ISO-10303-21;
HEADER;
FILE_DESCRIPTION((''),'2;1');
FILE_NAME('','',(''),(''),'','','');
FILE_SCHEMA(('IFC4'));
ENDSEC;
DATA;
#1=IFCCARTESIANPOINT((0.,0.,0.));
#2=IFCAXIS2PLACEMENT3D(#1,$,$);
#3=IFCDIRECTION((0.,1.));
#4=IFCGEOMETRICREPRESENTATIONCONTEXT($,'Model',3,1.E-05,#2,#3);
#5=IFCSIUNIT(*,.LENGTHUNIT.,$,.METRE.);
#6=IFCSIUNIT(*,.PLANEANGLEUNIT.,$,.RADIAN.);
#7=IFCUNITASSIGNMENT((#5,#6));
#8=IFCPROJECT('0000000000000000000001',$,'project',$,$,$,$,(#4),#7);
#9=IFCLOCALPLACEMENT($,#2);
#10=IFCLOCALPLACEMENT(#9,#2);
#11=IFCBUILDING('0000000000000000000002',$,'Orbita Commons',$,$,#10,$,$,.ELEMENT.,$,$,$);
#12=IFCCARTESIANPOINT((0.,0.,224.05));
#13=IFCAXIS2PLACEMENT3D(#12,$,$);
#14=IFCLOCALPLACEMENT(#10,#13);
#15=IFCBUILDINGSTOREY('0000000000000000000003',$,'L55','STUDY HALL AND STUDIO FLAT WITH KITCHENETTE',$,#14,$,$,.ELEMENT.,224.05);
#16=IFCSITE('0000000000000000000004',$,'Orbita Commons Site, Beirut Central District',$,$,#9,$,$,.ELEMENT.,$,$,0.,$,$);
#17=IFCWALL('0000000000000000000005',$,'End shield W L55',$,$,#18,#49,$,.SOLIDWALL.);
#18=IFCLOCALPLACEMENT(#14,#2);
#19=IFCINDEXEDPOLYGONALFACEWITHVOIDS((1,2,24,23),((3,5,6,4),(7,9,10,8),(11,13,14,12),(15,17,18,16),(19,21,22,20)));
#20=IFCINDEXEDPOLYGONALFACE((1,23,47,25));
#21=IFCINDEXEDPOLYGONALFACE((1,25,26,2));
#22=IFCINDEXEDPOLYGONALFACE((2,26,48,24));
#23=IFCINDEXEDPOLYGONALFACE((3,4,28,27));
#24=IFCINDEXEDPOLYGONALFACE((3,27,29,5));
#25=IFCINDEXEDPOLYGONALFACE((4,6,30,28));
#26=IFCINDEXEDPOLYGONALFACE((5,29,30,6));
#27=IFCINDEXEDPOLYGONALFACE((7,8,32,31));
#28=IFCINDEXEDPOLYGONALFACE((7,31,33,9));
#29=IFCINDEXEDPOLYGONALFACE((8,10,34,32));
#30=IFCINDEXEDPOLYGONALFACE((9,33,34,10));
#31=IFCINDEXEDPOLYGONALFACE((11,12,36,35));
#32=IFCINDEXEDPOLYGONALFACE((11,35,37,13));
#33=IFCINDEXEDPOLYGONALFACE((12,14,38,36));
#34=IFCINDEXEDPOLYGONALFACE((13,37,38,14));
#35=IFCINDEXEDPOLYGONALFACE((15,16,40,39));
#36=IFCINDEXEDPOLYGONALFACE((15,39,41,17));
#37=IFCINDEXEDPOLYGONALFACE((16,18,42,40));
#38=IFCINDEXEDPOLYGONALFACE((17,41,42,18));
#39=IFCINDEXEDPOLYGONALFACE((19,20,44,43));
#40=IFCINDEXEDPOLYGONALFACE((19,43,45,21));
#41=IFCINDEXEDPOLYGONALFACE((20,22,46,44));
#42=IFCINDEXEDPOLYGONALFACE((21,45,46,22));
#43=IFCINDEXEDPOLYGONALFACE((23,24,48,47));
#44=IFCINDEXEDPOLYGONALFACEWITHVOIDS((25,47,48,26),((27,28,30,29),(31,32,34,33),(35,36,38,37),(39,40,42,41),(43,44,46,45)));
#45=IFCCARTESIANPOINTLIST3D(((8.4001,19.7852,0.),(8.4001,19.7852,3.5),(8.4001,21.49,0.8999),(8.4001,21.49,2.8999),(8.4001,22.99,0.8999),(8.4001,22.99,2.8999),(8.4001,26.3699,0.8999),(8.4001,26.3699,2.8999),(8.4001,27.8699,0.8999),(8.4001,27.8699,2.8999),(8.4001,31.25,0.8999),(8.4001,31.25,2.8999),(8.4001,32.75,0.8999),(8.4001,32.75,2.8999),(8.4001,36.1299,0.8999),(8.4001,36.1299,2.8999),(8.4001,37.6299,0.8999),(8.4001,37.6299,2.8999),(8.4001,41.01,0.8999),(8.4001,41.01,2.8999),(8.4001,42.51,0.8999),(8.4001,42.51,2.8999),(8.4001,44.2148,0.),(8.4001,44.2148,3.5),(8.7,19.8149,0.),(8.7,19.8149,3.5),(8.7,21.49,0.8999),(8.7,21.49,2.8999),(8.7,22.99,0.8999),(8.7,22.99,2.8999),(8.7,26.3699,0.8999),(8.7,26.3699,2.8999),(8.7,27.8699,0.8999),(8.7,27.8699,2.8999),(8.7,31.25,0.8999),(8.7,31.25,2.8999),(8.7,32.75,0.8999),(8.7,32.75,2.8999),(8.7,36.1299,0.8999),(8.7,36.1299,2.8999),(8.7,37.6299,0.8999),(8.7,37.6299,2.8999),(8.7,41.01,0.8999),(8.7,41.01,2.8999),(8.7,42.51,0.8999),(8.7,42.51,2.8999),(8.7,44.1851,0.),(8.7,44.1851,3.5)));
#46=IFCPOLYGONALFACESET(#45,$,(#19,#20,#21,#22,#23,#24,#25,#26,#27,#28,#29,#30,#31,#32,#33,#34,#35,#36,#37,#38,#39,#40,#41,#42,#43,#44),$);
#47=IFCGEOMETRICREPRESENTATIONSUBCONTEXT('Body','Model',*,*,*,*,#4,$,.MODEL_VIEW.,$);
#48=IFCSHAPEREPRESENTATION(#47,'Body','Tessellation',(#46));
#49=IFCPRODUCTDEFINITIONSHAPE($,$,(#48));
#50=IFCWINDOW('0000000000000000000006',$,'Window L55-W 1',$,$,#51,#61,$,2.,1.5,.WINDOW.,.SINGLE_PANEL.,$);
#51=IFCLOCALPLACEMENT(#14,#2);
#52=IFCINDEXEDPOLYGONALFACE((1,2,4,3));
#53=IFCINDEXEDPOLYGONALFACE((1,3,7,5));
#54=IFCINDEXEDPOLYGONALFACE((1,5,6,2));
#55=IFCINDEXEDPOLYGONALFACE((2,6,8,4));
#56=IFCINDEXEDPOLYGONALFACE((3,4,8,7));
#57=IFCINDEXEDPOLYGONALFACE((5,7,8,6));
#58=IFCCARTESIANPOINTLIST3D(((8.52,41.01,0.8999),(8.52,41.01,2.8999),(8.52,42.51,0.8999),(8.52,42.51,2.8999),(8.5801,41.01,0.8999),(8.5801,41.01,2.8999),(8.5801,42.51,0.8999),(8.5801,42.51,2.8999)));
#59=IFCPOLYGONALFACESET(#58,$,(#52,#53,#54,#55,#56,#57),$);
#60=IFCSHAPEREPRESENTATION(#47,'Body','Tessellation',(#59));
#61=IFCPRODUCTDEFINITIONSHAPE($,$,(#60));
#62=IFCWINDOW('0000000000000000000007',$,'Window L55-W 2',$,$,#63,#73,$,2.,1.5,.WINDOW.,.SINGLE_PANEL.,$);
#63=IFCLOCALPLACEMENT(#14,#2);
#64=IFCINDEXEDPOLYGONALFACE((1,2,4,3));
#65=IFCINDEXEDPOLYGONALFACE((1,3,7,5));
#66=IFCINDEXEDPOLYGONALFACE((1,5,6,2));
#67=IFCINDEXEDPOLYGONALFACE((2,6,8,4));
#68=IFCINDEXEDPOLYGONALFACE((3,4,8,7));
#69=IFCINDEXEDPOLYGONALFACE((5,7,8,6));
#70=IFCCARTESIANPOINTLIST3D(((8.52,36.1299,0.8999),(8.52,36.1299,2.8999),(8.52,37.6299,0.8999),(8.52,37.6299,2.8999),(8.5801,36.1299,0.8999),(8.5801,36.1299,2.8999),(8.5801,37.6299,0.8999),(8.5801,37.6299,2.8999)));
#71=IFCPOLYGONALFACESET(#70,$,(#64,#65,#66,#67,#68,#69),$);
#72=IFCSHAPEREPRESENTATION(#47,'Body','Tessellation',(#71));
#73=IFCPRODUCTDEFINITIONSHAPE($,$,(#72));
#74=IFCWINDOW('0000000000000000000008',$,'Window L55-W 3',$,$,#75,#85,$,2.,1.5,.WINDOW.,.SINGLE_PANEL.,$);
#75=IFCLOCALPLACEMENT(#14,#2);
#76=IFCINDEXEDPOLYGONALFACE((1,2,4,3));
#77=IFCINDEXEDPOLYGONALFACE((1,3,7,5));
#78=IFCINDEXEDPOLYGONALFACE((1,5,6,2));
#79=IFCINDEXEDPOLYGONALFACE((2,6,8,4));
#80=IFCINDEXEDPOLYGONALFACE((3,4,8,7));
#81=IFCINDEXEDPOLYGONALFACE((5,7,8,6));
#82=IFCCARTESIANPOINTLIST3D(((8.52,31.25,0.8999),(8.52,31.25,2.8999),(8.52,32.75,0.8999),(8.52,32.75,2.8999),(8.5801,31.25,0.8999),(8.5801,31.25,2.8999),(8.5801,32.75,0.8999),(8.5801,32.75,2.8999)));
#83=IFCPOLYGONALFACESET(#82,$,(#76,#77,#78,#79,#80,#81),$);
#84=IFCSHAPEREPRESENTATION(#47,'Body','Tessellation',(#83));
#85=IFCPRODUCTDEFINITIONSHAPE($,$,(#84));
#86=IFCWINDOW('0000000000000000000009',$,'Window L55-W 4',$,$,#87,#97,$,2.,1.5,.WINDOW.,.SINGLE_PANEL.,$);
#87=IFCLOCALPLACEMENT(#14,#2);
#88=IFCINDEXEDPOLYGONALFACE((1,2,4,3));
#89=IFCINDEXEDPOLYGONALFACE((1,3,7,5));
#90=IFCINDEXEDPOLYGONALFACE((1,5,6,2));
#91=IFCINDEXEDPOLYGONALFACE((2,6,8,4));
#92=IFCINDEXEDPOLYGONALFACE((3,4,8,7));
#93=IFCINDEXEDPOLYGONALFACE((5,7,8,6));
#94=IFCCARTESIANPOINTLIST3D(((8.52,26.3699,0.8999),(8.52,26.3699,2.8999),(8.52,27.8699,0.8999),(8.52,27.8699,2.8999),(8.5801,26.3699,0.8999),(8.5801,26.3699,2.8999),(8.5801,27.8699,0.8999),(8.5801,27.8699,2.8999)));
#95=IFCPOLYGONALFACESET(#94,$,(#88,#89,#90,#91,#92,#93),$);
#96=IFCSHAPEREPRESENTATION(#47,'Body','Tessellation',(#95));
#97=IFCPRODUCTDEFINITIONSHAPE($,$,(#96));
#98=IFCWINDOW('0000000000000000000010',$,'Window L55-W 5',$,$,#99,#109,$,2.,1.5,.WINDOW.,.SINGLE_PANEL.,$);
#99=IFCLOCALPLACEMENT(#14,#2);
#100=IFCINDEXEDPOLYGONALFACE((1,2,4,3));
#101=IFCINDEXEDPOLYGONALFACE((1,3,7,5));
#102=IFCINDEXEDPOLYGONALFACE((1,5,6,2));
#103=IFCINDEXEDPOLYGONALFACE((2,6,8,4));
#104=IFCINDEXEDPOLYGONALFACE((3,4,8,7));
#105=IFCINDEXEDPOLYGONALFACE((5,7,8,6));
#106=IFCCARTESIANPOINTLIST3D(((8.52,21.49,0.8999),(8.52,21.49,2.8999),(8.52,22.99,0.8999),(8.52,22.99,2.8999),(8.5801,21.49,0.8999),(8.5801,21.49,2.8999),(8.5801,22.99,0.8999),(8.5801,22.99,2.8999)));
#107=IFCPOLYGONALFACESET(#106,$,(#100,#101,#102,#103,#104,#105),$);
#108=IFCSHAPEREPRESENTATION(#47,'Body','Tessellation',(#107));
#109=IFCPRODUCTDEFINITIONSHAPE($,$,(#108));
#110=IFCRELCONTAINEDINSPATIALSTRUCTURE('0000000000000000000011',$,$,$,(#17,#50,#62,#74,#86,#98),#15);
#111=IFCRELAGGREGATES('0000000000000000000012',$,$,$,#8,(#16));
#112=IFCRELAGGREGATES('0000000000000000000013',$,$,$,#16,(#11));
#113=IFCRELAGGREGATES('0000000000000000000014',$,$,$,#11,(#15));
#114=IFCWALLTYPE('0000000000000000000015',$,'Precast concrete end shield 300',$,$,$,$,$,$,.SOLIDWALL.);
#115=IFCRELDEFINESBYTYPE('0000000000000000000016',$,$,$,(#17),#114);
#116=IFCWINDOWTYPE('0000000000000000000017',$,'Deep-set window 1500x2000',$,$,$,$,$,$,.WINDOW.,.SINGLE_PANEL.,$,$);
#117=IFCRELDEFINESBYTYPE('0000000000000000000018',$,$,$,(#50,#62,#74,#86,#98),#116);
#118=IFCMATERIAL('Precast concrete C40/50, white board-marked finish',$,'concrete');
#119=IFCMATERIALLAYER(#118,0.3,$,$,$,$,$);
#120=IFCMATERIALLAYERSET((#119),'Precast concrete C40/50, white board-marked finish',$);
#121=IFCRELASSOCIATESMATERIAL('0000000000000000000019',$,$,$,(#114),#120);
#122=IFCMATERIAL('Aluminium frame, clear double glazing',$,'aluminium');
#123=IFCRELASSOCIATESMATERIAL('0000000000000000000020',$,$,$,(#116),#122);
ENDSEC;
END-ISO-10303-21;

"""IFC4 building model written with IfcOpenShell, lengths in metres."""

from ifc_helpers import new_model, si_unit, direction, frame, frame_2d, origin, place, context, subcontext, project, spatial, polyline, rectangle, outline, extrude, material, layer, layer_set, type_object, element, fill, save


model = new_model("IFC4")

# Units and contexts
model_context = context("Model", 3, precision=1e-05, world=origin(), true_north=direction((0.0, 1.0)))
body_context = subcontext(model_context, "Body", "Model", "MODEL_VIEW")
ifc_project = project(units=[si_unit("LENGTHUNIT", "METRE"), si_unit("PLANEANGLEUNIT", "RADIAN")], contexts=[model_context])

# Site, building, storey
site_placement = place(None, origin())
site = spatial("IfcSite", under=ifc_project, at=site_placement, Name="Orbita Commons Site, Beirut Central District", CompositionType="ELEMENT", RefElevation=0.0)
building_placement = place(site_placement, origin())
building = spatial("IfcBuilding", under=site, at=building_placement, Name="Orbita Commons", CompositionType="ELEMENT")
storey_placement = place(building_placement, frame((0.0, 0.0, 224.05)))
storey = spatial("IfcBuildingStorey", under=building, at=storey_placement, Name="L55", Description="STUDY HALL AND STUDIO FLAT WITH KITCHENETTE", CompositionType="ELEMENT", Elevation=224.05)

# Wall, openings, windows
ifc_material_1 = material(Name="Precast concrete C40/50, white board-marked finish", Category="concrete")
ifc_layer_1 = layer(ifc_material_1, 0.3)
ifc_layer_set_1 = layer_set([ifc_layer_1], Name="Precast concrete C40/50, white board-marked finish")
wall_type_1 = type_object("IfcWallType", Name="Precast concrete end shield 300", PredefinedType="SOLIDWALL", material=ifc_layer_set_1)
wall_1_placement = place(storey_placement, frame((8.55, 44.2, 0.0), z_axis=(0.0, 0.0, 1.0), x_axis=(0.0, -1.0, 0.0)))
wall_1 = element("IfcWall", 1, at=wall_1_placement, inside=storey, type_object=wall_type_1, Name="End shield W L55", PredefinedType="SOLIDWALL", context=body_context, shape_type="SweptSolid", body=[
    extrude(outline(polyline([(-0.0149, -0.1499), (24.4148, -0.1499), (24.385, 0.1499), (0.0149, 0.1499), (-0.0149, -0.1499)])), origin(), (0.0, 0.0, 1.0), 3.5),
])
opening_1_placement = place(wall_1_placement, frame((1.6899, 0.0, 0.8999)))
opening_1 = element("IfcOpeningElement", 2, at=opening_1_placement, cuts=wall_1, PredefinedType="OPENING", context=body_context, shape_type="SweptSolid", body=[
    extrude(rectangle(XDim=1.5, YDim=2.0, at=frame_2d((0.75, 1.0))), frame((0.0, 0.1599, 0.0), z_axis=(0.0, -1.0, 0.0), x_axis=(1.0, 0.0, 0.0)), (0.0, 0.0, 1.0), 0.3201),
])
opening_2_placement = place(wall_1_placement, frame((6.5701, 0.0, 0.8999)))
opening_2 = element("IfcOpeningElement", 3, at=opening_2_placement, cuts=wall_1, PredefinedType="OPENING", context=body_context, shape_type="SweptSolid", body=[
    extrude(rectangle(XDim=1.5, YDim=2.0, at=frame_2d((0.75, 1.0))), frame((0.0, 0.1599, 0.0), z_axis=(0.0, -1.0, 0.0), x_axis=(1.0, 0.0, 0.0)), (0.0, 0.0, 1.0), 0.3201),
])
opening_3_placement = place(wall_1_placement, frame((11.45, 0.0, 0.8999)))
opening_3 = element("IfcOpeningElement", 4, at=opening_3_placement, cuts=wall_1, PredefinedType="OPENING", context=body_context, shape_type="SweptSolid", body=[
    extrude(rectangle(XDim=1.5, YDim=2.0, at=frame_2d((0.75, 1.0))), frame((0.0, 0.1599, 0.0), z_axis=(0.0, -1.0, 0.0), x_axis=(1.0, 0.0, 0.0)), (0.0, 0.0, 1.0), 0.3201),
])
opening_4_placement = place(wall_1_placement, frame((16.3301, 0.0, 0.8999)))
opening_4 = element("IfcOpeningElement", 5, at=opening_4_placement, cuts=wall_1, PredefinedType="OPENING", context=body_context, shape_type="SweptSolid", body=[
    extrude(rectangle(XDim=1.5, YDim=2.0, at=frame_2d((0.75, 1.0))), frame((0.0, 0.1599, 0.0), z_axis=(0.0, -1.0, 0.0), x_axis=(1.0, 0.0, 0.0)), (0.0, 0.0, 1.0), 0.3201),
])
opening_5_placement = place(wall_1_placement, frame((21.21, 0.0, 0.8999)))
opening_5 = element("IfcOpeningElement", 6, at=opening_5_placement, cuts=wall_1, PredefinedType="OPENING", context=body_context, shape_type="SweptSolid", body=[
    extrude(rectangle(XDim=1.5, YDim=2.0, at=frame_2d((0.75, 1.0))), frame((0.0, 0.1599, 0.0), z_axis=(0.0, -1.0, 0.0), x_axis=(1.0, 0.0, 0.0)), (0.0, 0.0, 1.0), 0.3201),
])
ifc_material_2 = material(Name="Aluminium frame, clear double glazing", Category="aluminium")
window_type = type_object("IfcWindowType", Name="Deep-set window 1500x2000", PartitioningType="SINGLE_PANEL", PredefinedType="WINDOW", material=ifc_material_2)
window_1_placement = place(opening_1_placement, origin())
window_1 = element("IfcWindow", 7, at=window_1_placement, inside=storey, type_object=window_type, Name="Window L55-W 1", OverallHeight=2.0, OverallWidth=1.5, PartitioningType="SINGLE_PANEL", PredefinedType="WINDOW", context=body_context, shape_type="SweptSolid", body=[
    extrude(rectangle(XDim=1.5, YDim=2.0, at=frame_2d((0.75, 1.0))), frame((0.0, 0.03, 0.0), z_axis=(0.0, -1.0, 0.0), x_axis=(1.0, 0.0, 0.0)), (0.0, 0.0, 1.0), 0.0601),
])
fill(opening_1, window_1)
window_2_placement = place(opening_2_placement, origin())
window_2 = element("IfcWindow", 8, at=window_2_placement, inside=storey, type_object=window_type, Name="Window L55-W 2", OverallHeight=2.0, OverallWidth=1.5, PartitioningType="SINGLE_PANEL", PredefinedType="WINDOW", context=body_context, shape_type="SweptSolid", body=[
    extrude(rectangle(XDim=1.5, YDim=2.0, at=frame_2d((0.75, 1.0))), frame((0.0, 0.03, 0.0), z_axis=(0.0, -1.0, 0.0), x_axis=(1.0, 0.0, 0.0)), (0.0, 0.0, 1.0), 0.0601),
])
fill(opening_2, window_2)
window_3_placement = place(opening_3_placement, origin())
window_3 = element("IfcWindow", 9, at=window_3_placement, inside=storey, type_object=window_type, Name="Window L55-W 3", OverallHeight=2.0, OverallWidth=1.5, PartitioningType="SINGLE_PANEL", PredefinedType="WINDOW", context=body_context, shape_type="SweptSolid", body=[
    extrude(rectangle(XDim=1.5, YDim=2.0, at=frame_2d((0.75, 1.0))), frame((0.0, 0.03, 0.0), z_axis=(0.0, -1.0, 0.0), x_axis=(1.0, 0.0, 0.0)), (0.0, 0.0, 1.0), 0.0601),
])
fill(opening_3, window_3)
window_4_placement = place(opening_4_placement, origin())
window_4 = element("IfcWindow", 10, at=window_4_placement, inside=storey, type_object=window_type, Name="Window L55-W 4", OverallHeight=2.0, OverallWidth=1.5, PartitioningType="SINGLE_PANEL", PredefinedType="WINDOW", context=body_context, shape_type="SweptSolid", body=[
    extrude(rectangle(XDim=1.5, YDim=2.0, at=frame_2d((0.75, 1.0))), frame((0.0, 0.03, 0.0), z_axis=(0.0, -1.0, 0.0), x_axis=(1.0, 0.0, 0.0)), (0.0, 0.0, 1.0), 0.0601),
])
fill(opening_4, window_4)
window_5_placement = place(opening_5_placement, origin())
window_5 = element("IfcWindow", 11, at=window_5_placement, inside=storey, type_object=window_type, Name="Window L55-W 5", OverallHeight=2.0, OverallWidth=1.5, PartitioningType="SINGLE_PANEL", PredefinedType="WINDOW", context=body_context, shape_type="SweptSolid", body=[
    extrude(rectangle(XDim=1.5, YDim=2.0, at=frame_2d((0.75, 1.0))), frame((0.0, 0.03, 0.0), z_axis=(0.0, -1.0, 0.0), x_axis=(1.0, 0.0, 0.0)), (0.0, 0.0, 1.0), 0.0601),
])
fill(opening_5, window_5)

save(model, "model.ifc")
